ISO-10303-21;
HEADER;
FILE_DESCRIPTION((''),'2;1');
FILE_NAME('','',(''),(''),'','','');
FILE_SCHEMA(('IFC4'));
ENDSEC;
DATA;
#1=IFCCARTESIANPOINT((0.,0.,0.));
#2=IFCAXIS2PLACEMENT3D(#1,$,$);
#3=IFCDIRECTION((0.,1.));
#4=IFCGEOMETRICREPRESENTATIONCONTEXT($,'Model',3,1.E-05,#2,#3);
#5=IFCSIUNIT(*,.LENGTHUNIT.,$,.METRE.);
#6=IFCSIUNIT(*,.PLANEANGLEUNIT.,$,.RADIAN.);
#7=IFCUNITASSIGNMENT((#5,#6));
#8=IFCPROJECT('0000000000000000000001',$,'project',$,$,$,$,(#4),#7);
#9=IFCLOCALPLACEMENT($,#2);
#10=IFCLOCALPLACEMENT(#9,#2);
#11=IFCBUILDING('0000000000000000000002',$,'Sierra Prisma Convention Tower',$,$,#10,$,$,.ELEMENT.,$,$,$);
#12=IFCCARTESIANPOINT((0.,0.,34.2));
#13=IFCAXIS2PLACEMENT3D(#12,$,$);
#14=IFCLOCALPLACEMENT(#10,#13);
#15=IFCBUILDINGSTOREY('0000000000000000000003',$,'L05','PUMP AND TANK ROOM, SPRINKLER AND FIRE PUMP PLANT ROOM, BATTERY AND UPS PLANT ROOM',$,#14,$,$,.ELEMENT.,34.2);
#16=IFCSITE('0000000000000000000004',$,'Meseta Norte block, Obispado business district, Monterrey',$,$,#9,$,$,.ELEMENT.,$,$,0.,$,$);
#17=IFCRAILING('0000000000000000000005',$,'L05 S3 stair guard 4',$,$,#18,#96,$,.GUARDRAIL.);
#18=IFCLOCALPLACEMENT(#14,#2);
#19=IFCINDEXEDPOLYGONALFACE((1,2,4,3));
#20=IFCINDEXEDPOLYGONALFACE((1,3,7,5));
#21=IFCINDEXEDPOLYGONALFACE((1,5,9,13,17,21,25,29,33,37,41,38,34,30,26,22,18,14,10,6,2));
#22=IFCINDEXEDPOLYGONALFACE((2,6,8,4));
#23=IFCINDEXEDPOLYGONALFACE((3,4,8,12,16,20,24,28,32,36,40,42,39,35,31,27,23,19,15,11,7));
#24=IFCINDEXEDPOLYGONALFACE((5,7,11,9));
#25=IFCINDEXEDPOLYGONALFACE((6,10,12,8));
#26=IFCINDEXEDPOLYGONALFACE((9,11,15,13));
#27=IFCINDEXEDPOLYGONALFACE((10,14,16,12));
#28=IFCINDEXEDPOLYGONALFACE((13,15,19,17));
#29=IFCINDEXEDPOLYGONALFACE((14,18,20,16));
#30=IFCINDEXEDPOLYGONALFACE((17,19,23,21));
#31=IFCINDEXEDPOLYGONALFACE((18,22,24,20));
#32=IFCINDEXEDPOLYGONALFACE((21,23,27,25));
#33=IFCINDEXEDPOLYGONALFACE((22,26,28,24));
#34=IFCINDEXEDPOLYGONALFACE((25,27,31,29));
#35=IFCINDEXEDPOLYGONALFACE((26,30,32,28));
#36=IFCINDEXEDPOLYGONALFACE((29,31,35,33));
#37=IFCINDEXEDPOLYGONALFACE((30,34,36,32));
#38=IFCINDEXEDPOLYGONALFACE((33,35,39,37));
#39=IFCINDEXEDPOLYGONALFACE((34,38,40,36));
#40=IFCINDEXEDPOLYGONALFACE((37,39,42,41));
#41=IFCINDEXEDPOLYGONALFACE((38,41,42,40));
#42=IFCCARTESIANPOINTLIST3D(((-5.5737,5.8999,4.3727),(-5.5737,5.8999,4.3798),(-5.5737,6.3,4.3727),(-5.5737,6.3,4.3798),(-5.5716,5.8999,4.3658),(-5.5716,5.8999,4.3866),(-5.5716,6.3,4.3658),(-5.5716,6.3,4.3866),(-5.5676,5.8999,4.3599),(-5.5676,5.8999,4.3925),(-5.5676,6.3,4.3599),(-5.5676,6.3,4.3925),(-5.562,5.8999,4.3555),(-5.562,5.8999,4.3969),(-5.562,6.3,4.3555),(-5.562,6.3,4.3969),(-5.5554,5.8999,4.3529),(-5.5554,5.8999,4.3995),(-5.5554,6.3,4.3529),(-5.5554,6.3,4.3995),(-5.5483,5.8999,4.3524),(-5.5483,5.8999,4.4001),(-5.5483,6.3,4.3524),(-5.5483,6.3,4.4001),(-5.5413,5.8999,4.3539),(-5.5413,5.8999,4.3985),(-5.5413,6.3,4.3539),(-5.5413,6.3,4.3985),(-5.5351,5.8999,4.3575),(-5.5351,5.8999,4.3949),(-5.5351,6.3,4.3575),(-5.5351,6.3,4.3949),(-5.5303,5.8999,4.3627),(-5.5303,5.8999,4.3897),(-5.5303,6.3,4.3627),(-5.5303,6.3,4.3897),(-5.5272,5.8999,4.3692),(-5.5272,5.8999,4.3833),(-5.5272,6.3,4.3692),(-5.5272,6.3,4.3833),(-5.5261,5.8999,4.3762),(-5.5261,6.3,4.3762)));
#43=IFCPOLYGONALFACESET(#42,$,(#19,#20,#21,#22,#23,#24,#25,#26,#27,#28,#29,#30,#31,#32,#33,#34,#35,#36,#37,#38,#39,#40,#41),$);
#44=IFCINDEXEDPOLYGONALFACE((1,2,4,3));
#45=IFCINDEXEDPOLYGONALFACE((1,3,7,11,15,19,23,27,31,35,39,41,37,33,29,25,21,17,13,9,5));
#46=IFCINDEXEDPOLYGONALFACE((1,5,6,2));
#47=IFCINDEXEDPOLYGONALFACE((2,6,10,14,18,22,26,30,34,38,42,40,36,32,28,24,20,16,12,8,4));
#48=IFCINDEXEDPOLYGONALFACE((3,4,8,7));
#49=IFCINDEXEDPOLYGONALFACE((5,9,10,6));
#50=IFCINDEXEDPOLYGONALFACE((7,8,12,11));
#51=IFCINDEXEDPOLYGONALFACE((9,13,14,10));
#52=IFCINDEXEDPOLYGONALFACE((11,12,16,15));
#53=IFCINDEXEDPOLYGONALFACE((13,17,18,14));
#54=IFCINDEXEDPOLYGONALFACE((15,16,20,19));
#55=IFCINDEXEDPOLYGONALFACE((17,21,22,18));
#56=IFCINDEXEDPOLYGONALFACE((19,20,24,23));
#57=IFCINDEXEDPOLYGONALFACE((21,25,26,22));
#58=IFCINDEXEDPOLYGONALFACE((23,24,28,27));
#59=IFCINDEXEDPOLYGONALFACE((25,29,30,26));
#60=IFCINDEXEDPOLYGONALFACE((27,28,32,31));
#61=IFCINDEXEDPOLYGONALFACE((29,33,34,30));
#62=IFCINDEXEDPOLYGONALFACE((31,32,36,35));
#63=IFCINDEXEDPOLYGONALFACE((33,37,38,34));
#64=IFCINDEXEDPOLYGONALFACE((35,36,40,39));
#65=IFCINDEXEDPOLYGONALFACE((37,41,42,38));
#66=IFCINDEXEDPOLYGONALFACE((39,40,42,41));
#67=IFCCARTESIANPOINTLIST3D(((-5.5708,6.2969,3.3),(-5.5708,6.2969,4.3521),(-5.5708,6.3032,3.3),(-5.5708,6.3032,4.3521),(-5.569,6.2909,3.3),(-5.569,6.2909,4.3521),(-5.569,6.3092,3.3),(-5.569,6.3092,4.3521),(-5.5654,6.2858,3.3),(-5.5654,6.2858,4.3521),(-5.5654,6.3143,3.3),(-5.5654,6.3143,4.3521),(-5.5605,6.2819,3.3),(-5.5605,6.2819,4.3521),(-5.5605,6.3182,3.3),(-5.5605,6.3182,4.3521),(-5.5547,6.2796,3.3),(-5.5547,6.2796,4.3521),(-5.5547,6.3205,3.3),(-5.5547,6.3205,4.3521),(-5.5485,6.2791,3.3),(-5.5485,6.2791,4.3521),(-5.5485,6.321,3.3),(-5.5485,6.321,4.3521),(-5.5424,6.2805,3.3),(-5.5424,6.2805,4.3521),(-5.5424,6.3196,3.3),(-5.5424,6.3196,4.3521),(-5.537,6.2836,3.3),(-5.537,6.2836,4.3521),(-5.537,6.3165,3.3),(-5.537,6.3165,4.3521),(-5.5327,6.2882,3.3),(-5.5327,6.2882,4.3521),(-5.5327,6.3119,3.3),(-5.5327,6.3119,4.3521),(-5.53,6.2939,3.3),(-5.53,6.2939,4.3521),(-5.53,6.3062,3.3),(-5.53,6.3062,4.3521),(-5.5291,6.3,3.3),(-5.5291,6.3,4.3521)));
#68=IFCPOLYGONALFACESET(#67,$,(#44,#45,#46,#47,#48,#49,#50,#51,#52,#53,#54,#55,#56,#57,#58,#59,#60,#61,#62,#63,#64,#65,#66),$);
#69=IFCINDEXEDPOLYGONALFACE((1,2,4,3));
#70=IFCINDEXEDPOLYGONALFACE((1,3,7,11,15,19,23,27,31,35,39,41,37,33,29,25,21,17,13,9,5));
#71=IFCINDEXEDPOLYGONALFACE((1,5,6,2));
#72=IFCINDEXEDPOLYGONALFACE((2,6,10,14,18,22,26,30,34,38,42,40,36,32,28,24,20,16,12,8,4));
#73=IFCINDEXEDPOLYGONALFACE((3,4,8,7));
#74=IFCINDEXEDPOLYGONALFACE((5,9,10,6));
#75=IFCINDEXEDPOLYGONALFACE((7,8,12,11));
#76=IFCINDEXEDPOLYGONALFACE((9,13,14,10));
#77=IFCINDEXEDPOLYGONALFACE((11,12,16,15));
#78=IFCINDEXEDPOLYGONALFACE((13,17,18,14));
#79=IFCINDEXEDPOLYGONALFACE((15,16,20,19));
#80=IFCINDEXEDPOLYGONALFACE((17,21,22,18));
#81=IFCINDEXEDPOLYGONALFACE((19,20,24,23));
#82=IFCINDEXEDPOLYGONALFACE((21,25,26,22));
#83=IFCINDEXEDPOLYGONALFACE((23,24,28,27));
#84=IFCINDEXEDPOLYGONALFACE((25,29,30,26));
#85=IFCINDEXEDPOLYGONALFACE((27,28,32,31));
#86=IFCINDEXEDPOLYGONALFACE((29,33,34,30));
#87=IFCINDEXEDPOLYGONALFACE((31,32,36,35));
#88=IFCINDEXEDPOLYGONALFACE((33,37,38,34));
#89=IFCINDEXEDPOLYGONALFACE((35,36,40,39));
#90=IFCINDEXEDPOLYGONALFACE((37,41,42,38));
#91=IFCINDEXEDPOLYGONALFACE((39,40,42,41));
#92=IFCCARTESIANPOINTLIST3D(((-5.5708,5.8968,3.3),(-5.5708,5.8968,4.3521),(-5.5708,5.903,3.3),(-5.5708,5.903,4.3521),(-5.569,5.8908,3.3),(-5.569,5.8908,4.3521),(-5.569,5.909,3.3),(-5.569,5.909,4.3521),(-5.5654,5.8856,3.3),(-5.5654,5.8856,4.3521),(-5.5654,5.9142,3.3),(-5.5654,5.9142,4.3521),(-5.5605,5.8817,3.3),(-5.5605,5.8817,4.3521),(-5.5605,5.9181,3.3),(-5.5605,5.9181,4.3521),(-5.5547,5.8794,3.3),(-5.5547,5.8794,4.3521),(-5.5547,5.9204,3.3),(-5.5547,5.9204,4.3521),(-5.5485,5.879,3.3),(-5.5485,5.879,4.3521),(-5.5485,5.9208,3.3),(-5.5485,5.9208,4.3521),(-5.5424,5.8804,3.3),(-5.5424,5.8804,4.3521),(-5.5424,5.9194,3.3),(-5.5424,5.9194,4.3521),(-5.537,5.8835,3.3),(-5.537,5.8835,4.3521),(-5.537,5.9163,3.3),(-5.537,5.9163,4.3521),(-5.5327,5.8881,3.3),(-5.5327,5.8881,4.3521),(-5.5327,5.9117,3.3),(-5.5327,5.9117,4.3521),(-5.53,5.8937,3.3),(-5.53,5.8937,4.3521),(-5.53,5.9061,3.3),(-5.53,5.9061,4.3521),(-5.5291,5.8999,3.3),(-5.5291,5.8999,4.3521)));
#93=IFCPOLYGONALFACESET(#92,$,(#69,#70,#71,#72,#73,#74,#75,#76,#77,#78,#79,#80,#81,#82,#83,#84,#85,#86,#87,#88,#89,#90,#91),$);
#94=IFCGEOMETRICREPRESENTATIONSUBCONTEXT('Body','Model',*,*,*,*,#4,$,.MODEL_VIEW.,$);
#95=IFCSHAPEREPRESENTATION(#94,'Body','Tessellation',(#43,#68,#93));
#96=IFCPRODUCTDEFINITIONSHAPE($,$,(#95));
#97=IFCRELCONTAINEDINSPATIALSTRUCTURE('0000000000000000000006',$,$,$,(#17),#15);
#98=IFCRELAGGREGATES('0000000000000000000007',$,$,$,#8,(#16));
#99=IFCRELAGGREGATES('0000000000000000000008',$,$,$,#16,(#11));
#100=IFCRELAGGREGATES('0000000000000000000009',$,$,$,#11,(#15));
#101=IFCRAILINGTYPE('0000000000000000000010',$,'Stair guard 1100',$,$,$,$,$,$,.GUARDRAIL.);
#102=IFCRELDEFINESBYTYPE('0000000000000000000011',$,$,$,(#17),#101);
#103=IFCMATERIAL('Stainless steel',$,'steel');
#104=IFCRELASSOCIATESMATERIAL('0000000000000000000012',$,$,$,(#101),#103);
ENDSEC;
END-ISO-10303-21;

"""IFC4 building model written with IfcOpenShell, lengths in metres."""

from ifc_helpers import new_model, si_unit, direction, frame, origin, origin_2d, place, context, subcontext, project, spatial, circle, extrude, material, type_object, element, save


model = new_model("IFC4")

# Units and contexts
model_context = context("Model", 3, precision=1e-05, world=origin(), true_north=direction((0.0, 1.0)))
body_context = subcontext(model_context, "Body", "Model", "MODEL_VIEW")
ifc_project = project(units=[si_unit("LENGTHUNIT", "METRE"), si_unit("PLANEANGLEUNIT", "RADIAN")], contexts=[model_context])

# Site, building, storey
site_placement = place(None, origin())
site = spatial("IfcSite", under=ifc_project, at=site_placement, Name="Meseta Norte block, Obispado business district, Monterrey", CompositionType="ELEMENT", RefElevation=0.0)
building_placement = place(site_placement, origin())
building = spatial("IfcBuilding", under=site, at=building_placement, Name="Sierra Prisma Convention Tower", CompositionType="ELEMENT")
storey_placement = place(building_placement, frame((0.0, 0.0, 34.2)))
storey = spatial("IfcBuildingStorey", under=building, at=storey_placement, Name="L05", Description="PUMP AND TANK ROOM, SPRINKLER AND FIRE PUMP PLANT ROOM, BATTERY AND UPS PLANT ROOM", CompositionType="ELEMENT", Elevation=34.2)

# Railing
ifc_material_1 = material(Name="Stainless steel", Category="steel")
railing_type_1 = type_object("IfcRailingType", Name="Stair guard 1100", PredefinedType="GUARDRAIL", material=ifc_material_1)
railing_1_placement = place(storey_placement, frame((-5.55, 6.3, 3.3)))
element("IfcRailing", 1, at=railing_1_placement, inside=storey, type_object=railing_type_1, Name="L05 S3 stair guard 4", PredefinedType="GUARDRAIL", context=body_context, shape_type="SweptSolid", body=[
    extrude(circle(Radius=0.0239, at=origin_2d()), frame((0.0, 0.0, 1.0762), z_axis=(0.0, -1.0, 0.0), x_axis=(1.0, 0.0, 0.0)), (0.0, 0.0, 1.0), 0.4001),
    extrude(circle(Radius=0.021, at=origin_2d()), origin(), (0.0, 0.0, 1.0), 1.052),
    extrude(circle(Radius=0.021, at=origin_2d()), frame((0.0, -0.4001, 0.0)), (0.0, 0.0, 1.0), 1.052),
])

save(model, "model.ifc")
